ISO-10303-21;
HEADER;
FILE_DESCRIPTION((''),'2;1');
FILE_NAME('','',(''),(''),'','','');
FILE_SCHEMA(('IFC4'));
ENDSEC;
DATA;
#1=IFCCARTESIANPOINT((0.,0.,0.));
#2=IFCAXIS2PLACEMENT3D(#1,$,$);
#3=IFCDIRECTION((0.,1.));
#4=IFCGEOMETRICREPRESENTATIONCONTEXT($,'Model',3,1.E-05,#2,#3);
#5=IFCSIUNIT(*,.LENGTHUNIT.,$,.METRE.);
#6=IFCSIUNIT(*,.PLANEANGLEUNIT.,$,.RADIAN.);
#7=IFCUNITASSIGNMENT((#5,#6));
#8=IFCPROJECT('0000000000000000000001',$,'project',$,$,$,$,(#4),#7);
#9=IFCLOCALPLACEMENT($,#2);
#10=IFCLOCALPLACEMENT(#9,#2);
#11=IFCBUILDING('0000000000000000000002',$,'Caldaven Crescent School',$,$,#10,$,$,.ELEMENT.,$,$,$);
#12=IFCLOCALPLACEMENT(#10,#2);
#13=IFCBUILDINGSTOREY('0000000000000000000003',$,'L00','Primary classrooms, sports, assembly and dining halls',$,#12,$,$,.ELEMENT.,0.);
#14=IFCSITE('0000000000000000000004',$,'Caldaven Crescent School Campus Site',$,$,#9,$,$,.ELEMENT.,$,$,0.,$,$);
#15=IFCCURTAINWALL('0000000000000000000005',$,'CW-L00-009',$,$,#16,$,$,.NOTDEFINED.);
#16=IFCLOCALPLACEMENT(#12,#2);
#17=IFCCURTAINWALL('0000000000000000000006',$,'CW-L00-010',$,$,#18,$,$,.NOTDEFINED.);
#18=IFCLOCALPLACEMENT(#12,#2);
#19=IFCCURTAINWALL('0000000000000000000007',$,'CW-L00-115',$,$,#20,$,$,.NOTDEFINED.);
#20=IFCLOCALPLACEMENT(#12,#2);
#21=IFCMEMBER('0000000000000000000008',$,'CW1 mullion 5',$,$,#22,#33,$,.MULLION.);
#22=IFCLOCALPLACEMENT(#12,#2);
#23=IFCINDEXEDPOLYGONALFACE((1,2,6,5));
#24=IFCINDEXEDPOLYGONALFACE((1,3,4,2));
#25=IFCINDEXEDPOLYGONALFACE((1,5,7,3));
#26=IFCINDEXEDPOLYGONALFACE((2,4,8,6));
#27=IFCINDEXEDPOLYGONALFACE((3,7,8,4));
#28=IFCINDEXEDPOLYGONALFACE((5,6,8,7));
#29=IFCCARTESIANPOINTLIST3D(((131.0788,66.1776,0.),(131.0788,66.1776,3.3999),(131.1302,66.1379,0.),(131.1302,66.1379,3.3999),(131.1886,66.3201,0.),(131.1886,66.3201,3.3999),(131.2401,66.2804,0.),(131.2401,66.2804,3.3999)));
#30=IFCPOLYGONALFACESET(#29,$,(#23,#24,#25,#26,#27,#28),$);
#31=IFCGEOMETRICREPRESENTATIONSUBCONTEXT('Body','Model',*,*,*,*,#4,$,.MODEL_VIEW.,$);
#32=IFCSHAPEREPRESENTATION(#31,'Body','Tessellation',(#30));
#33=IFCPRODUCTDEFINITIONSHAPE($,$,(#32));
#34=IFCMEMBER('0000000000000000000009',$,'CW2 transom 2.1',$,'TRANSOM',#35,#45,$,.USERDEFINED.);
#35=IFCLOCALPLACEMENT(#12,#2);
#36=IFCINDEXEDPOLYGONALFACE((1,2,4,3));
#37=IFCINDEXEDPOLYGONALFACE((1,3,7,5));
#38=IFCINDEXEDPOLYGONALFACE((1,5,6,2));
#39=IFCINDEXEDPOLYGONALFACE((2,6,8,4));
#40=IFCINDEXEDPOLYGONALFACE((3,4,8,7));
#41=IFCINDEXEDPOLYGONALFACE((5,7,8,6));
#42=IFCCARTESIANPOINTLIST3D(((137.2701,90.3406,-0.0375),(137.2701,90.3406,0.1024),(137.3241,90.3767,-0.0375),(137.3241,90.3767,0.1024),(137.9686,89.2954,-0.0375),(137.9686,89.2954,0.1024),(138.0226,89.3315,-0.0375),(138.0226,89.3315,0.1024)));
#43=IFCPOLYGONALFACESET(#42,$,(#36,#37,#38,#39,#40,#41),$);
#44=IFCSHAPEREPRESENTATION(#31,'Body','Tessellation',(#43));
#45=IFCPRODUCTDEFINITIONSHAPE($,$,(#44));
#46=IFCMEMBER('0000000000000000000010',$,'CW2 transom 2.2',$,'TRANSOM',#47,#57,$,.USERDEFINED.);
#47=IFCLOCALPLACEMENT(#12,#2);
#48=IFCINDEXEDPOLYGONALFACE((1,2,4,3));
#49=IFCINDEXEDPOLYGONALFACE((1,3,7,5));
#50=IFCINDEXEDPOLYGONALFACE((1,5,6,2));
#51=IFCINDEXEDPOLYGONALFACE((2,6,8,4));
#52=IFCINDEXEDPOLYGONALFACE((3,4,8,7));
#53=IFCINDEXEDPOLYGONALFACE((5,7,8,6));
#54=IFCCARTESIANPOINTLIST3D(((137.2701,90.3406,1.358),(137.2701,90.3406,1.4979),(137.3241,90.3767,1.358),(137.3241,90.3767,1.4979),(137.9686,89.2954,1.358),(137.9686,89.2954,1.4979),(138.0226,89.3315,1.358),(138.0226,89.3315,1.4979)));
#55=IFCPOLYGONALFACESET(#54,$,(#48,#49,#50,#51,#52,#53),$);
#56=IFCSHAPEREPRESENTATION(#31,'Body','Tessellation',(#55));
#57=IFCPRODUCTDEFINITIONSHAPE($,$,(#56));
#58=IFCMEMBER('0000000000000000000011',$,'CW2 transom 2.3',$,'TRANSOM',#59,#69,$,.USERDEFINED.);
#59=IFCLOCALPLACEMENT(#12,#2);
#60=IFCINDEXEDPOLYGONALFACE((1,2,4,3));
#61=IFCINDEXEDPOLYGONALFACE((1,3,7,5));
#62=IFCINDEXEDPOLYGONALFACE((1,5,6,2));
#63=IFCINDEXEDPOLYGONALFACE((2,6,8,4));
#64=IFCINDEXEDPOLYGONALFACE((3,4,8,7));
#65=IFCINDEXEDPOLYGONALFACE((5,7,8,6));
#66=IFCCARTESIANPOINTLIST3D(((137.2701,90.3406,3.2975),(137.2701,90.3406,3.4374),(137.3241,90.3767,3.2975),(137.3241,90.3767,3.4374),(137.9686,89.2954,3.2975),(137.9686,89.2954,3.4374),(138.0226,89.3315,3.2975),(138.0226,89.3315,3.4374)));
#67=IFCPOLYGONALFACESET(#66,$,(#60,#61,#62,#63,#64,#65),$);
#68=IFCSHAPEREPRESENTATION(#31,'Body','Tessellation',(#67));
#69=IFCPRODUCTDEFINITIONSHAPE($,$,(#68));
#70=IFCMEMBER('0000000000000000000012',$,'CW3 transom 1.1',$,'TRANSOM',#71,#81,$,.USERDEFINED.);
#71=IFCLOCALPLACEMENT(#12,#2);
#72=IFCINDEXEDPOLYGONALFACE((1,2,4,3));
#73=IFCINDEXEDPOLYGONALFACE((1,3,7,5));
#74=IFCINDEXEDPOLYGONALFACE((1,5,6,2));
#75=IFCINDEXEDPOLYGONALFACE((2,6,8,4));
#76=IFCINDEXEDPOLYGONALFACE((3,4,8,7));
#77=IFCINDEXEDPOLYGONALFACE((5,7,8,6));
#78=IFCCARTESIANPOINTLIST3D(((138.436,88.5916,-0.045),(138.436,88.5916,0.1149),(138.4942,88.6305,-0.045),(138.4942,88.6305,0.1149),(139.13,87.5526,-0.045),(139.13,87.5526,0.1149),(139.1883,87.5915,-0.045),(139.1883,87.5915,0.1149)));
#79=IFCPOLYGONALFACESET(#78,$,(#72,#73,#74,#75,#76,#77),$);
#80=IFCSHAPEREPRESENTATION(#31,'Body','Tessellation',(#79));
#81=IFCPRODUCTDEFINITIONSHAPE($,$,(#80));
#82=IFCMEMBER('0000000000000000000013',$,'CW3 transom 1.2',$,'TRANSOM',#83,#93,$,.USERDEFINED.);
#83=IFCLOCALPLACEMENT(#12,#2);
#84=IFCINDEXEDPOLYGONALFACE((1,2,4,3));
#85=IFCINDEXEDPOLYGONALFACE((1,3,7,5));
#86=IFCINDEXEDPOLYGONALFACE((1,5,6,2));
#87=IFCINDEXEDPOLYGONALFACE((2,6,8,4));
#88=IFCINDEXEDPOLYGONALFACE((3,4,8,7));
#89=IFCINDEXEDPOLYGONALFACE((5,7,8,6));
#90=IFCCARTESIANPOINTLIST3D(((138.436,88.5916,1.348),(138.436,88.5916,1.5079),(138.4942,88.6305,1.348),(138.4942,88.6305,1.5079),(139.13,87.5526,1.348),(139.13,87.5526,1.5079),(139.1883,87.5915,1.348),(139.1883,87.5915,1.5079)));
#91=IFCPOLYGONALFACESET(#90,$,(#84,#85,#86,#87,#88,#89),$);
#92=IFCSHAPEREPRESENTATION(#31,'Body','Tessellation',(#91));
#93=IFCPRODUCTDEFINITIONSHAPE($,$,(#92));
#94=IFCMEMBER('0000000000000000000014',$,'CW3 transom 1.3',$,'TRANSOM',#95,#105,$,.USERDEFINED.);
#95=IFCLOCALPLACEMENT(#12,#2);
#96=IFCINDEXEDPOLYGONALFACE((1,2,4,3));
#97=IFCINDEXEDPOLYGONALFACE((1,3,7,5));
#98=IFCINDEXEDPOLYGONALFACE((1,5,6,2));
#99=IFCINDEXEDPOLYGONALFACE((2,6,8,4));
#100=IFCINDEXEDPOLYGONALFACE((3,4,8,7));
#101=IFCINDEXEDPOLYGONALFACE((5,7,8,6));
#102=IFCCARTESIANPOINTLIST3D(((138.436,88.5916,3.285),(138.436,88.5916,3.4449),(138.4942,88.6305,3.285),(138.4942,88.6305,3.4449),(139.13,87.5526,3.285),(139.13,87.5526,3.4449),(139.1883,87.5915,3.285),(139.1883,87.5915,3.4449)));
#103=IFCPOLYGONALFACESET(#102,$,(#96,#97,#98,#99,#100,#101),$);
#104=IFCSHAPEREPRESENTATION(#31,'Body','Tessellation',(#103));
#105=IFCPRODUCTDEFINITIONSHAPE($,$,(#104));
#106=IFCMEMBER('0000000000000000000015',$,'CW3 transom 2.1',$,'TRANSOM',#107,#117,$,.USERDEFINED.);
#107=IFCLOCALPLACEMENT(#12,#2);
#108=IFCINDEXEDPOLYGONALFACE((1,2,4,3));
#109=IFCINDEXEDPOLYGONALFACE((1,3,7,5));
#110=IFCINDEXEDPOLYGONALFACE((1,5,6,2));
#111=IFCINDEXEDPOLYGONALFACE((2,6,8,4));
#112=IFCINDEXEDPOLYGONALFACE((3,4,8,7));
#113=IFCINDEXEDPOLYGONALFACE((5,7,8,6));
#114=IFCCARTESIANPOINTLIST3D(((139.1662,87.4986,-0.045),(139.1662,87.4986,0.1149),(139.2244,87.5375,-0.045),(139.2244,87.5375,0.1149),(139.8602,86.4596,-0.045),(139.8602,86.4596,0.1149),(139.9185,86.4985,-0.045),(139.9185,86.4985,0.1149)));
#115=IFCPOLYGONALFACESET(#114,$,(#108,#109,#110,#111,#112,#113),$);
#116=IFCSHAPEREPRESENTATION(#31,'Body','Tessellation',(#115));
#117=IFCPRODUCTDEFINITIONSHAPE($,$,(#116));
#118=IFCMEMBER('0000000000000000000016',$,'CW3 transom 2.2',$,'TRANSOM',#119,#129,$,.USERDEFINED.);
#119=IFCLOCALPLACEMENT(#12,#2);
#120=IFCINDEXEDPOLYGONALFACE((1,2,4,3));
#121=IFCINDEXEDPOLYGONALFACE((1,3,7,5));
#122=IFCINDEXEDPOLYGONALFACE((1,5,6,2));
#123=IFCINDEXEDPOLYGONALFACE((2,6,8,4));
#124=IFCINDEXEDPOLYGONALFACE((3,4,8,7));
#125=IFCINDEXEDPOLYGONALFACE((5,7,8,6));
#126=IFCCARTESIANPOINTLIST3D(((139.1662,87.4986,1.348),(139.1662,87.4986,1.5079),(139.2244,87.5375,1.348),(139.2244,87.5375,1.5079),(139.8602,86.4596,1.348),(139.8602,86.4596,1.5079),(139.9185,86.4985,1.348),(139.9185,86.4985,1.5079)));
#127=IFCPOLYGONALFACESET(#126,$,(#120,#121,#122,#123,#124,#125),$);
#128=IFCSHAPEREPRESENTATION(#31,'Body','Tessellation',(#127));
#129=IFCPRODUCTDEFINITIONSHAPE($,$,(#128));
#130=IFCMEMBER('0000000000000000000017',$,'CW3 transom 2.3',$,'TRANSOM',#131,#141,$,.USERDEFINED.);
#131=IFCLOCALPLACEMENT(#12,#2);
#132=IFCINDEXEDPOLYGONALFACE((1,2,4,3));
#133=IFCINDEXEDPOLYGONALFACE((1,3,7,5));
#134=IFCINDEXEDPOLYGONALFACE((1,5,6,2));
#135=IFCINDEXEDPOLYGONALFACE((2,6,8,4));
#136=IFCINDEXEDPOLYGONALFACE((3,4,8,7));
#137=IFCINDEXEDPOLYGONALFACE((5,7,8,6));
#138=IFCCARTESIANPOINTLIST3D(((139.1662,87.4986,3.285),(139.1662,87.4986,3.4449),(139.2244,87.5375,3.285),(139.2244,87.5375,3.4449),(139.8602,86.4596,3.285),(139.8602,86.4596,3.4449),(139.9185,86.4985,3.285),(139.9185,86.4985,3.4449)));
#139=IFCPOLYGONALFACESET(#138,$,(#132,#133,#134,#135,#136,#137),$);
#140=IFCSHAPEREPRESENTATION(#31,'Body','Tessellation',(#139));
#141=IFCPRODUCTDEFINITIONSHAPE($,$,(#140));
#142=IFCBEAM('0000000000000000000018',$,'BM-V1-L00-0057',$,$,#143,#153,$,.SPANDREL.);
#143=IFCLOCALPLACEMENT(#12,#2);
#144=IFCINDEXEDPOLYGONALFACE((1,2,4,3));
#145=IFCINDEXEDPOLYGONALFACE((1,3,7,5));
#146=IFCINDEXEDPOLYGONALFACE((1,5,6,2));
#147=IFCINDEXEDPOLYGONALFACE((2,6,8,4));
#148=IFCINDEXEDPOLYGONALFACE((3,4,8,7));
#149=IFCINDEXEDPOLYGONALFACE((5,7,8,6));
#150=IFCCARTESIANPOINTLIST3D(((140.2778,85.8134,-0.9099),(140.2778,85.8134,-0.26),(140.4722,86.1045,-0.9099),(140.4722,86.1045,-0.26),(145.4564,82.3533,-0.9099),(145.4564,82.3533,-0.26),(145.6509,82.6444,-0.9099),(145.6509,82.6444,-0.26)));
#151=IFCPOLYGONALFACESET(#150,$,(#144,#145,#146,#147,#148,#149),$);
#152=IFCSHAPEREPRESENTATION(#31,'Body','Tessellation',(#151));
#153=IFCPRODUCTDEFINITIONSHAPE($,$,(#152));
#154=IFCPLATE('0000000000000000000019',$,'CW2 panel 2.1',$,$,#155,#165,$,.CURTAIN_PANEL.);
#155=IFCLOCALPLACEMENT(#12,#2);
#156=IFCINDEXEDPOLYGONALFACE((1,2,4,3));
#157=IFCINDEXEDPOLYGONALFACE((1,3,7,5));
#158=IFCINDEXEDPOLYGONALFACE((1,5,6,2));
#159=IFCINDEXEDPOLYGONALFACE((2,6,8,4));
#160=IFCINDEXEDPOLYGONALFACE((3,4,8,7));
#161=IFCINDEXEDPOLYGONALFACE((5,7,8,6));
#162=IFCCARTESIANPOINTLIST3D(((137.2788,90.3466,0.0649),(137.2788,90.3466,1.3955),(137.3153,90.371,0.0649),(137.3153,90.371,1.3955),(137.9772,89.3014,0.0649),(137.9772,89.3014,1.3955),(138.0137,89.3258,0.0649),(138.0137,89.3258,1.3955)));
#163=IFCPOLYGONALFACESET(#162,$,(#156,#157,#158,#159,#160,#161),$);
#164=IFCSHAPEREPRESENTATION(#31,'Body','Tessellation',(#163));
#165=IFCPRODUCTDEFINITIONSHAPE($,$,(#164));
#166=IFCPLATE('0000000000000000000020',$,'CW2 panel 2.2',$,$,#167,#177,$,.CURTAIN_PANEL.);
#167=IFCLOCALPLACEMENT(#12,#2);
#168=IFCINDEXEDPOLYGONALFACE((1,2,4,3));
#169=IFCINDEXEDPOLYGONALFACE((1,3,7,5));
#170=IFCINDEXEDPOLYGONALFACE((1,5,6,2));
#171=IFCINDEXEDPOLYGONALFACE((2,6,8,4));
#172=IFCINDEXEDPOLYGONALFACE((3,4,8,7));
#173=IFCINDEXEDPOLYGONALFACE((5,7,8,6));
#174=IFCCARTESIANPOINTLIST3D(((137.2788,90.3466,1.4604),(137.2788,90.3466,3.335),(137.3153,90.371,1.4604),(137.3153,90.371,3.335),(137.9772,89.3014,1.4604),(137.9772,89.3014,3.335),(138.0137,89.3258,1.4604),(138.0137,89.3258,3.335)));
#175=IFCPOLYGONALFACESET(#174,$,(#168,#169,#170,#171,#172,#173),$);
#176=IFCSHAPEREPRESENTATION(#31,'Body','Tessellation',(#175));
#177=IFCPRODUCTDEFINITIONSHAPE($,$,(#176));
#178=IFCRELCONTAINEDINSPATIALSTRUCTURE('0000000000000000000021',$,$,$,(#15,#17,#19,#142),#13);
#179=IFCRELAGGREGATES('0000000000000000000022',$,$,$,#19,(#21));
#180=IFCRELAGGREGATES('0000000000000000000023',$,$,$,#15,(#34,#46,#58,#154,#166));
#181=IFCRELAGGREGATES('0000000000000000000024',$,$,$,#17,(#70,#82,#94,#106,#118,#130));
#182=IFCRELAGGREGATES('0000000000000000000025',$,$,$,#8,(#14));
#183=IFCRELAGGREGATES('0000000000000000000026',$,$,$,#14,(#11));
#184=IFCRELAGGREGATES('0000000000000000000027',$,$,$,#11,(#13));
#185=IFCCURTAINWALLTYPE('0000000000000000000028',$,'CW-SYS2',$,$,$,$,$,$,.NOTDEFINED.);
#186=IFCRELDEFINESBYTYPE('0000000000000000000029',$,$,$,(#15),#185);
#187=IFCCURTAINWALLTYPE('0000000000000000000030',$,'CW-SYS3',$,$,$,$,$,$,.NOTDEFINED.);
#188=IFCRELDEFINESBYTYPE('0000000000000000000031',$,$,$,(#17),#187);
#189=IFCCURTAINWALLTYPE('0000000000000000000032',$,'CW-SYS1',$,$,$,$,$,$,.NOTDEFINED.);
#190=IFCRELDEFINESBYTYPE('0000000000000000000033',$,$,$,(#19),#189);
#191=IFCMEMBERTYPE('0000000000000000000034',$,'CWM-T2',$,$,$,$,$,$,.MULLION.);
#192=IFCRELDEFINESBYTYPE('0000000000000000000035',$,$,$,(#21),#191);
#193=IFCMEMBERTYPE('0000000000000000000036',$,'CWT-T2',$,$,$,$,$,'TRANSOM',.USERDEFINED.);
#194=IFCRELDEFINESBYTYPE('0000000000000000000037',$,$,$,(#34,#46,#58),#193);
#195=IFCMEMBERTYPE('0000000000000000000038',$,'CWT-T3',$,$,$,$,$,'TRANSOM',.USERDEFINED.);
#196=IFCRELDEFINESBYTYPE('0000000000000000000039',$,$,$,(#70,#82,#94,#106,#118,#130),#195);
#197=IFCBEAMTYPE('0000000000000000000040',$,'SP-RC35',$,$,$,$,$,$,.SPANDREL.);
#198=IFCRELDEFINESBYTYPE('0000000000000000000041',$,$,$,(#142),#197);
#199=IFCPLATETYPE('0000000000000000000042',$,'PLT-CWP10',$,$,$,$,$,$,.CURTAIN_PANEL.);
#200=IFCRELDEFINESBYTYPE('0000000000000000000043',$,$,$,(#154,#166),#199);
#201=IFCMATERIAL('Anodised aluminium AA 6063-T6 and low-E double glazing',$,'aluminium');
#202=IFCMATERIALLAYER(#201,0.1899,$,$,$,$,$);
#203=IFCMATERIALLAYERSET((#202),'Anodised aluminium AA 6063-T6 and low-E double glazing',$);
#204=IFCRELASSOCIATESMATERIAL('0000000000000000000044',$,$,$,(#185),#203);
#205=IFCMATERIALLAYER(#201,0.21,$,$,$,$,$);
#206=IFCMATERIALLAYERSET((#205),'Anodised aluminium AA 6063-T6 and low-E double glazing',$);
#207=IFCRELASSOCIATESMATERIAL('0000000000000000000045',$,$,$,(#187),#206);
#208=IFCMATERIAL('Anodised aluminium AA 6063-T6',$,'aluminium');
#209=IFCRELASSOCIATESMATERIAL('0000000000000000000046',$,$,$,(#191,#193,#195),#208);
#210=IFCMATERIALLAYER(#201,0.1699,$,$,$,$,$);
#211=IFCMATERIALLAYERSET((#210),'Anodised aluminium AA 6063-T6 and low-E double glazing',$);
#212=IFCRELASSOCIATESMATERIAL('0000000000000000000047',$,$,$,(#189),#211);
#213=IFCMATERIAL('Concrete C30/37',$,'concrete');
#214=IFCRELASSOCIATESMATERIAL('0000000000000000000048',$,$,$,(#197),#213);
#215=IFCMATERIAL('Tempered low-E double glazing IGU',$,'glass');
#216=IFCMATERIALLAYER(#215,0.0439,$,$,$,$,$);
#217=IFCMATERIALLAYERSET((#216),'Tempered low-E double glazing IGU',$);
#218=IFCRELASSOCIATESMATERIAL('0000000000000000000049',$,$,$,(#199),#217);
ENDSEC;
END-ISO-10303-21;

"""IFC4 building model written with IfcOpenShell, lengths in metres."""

from ifc_helpers import new_model, si_unit, direction, frame, origin, origin_2d, place, context, subcontext, project, spatial, rectangle, extrude, material, layer, layer_set, material_profile, profile_set, type_object, element, aggregate, save


model = new_model("IFC4")

# Units and contexts
model_context = context("Model", 3, precision=1e-05, world=origin(), true_north=direction((0.0, 1.0)))
body_context = subcontext(model_context, "Body", "Model", "MODEL_VIEW")
ifc_project = project(units=[si_unit("LENGTHUNIT", "METRE"), si_unit("PLANEANGLEUNIT", "RADIAN")], contexts=[model_context])

# Site, building, storey
site_placement = place(None, origin())
site = spatial("IfcSite", under=ifc_project, at=site_placement, Name="Caldaven Crescent School Campus Site", CompositionType="ELEMENT", RefElevation=0.0)
building_placement = place(site_placement, origin())
building = spatial("IfcBuilding", under=site, at=building_placement, Name="Caldaven Crescent School", CompositionType="ELEMENT")
storey_placement = place(building_placement, origin())
storey = spatial("IfcBuildingStorey", under=building, at=storey_placement, Name="L00", Description="Primary classrooms, sports, assembly and dining halls", CompositionType="ELEMENT", Elevation=0.0)

# Shared definitions
ifc_material_1 = material(Name="Concrete C30/37", Category="concrete")

# Curtain walls
ifc_material_2 = material(Name="Anodised aluminium AA 6063-T6 and low-E double glazing", Category="aluminium")
ifc_layer_1 = layer(ifc_material_2, 0.1899)
ifc_layer_set_1 = layer_set([ifc_layer_1], Name="Anodised aluminium AA 6063-T6 and low-E double glazing")
curtain_wall_type_1 = type_object("IfcCurtainWallType", Name="CW-SYS2", PredefinedType="NOTDEFINED", material=ifc_layer_set_1)
curtain_wall_1_placement = place(storey_placement, origin())
curtain_wall_1 = element("IfcCurtainWall", 1, at=curtain_wall_1_placement, inside=storey, type_object=curtain_wall_type_1, Name="CW-L00-009", PredefinedType="NOTDEFINED")
ifc_material_3 = material(Name="Anodised aluminium AA 6063-T6", Category="aluminium")
ifc_layer_2 = layer(ifc_material_2, 0.21)
ifc_layer_set_2 = layer_set([ifc_layer_2], Name="Anodised aluminium AA 6063-T6 and low-E double glazing")
curtain_wall_type_2 = type_object("IfcCurtainWallType", Name="CW-SYS3", PredefinedType="NOTDEFINED", material=ifc_layer_set_2)
curtain_wall_2_placement = place(storey_placement, origin())
curtain_wall_2 = element("IfcCurtainWall", 2, at=curtain_wall_2_placement, inside=storey, type_object=curtain_wall_type_2, Name="CW-L00-010", PredefinedType="NOTDEFINED")
ifc_material_profile_1 = material_profile(ifc_material_3, rectangle(XDim=0.0649, YDim=0.1799, at=origin_2d()), Name="CWM 65x180")
ifc_profile_set_1 = profile_set([ifc_material_profile_1], Name="Anodised aluminium AA 6063-T6")
member_type_1 = type_object("IfcMemberType", Name="CWM-T2", PredefinedType="MULLION", material=ifc_profile_set_1)

# Curtain wall, member
ifc_layer_3 = layer(ifc_material_2, 0.1699)
ifc_layer_set_3 = layer_set([ifc_layer_3], Name="Anodised aluminium AA 6063-T6 and low-E double glazing")
curtain_wall_type_3 = type_object("IfcCurtainWallType", Name="CW-SYS1", PredefinedType="NOTDEFINED", material=ifc_layer_set_3)
curtain_wall_3_placement = place(storey_placement, origin())
curtain_wall_3 = element("IfcCurtainWall", 3, at=curtain_wall_3_placement, inside=storey, type_object=curtain_wall_type_3, Name="CW-L00-115", PredefinedType="NOTDEFINED")
member_1_placement = place(storey_placement, frame((131.1594, 66.229, 0.0), z_axis=(0.0, 0.0, 1.0), x_axis=(-0.792103, 0.610387, 0.0)))
member_1 = element("IfcMember", 4, at=member_1_placement, type_object=member_type_1, Name="CW1 mullion 5", PredefinedType="MULLION", context=body_context, shape_type="SweptSolid", body=[
    extrude(rectangle(XDim=0.0649, YDim=0.1799, at=origin_2d()), origin(), (0.0, 0.0, 1.0), 3.3999),
])
aggregate(curtain_wall_3, [member_1])

# Members
ifc_material_profile_2 = material_profile(ifc_material_3, rectangle(XDim=0.0649, YDim=0.1399, at=origin_2d()), Name="CWT 65x140")
ifc_profile_set_2 = profile_set([ifc_material_profile_2], Name="Anodised aluminium AA 6063-T6")
member_type_2 = type_object("IfcMemberType", Name="CWT-T2", ElementType="TRANSOM", PredefinedType="USERDEFINED", material=ifc_profile_set_2)
member_2_placement = place(storey_placement, frame((137.2971, 90.3586, 0.0325), z_axis=(0.555641, -0.831422, 0.0), x_axis=(0.831422, 0.555641, 0.0)))
member_2 = element("IfcMember", 5, at=member_2_placement, type_object=member_type_2, Name="CW2 transom 2.1", ObjectType="TRANSOM", PredefinedType="USERDEFINED", context=body_context, shape_type="SweptSolid", body=[
    extrude(rectangle(XDim=0.0649, YDim=0.1399, at=origin_2d()), origin(), (0.0, 0.0, 1.0), 1.2571),
])
member_3_placement = place(storey_placement, frame((137.2971, 90.3586, 1.428), z_axis=(0.555641, -0.831422, 0.0), x_axis=(0.831422, 0.555641, 0.0)))
member_3 = element("IfcMember", 6, at=member_3_placement, type_object=member_type_2, Name="CW2 transom 2.2", ObjectType="TRANSOM", PredefinedType="USERDEFINED", context=body_context, shape_type="SweptSolid", body=[
    extrude(rectangle(XDim=0.0649, YDim=0.1399, at=origin_2d()), origin(), (0.0, 0.0, 1.0), 1.2571),
])
member_4_placement = place(storey_placement, frame((137.2971, 90.3586, 3.3674), z_axis=(0.555641, -0.831422, 0.0), x_axis=(0.831422, 0.555641, 0.0)))
member_4 = element("IfcMember", 7, at=member_4_placement, type_object=member_type_2, Name="CW2 transom 2.3", ObjectType="TRANSOM", PredefinedType="USERDEFINED", context=body_context, shape_type="SweptSolid", body=[
    extrude(rectangle(XDim=0.0649, YDim=0.1399, at=origin_2d()), origin(), (0.0, 0.0, 1.0), 1.2571),
])
ifc_material_profile_3 = material_profile(ifc_material_3, rectangle(XDim=0.0701, YDim=0.1599, at=origin_2d()), Name="CWT 70x160")
ifc_profile_set_3 = profile_set([ifc_material_profile_3], Name="Anodised aluminium AA 6063-T6")
member_type_3 = type_object("IfcMemberType", Name="CWT-T3", ElementType="TRANSOM", PredefinedType="USERDEFINED", material=ifc_profile_set_3)
member_5_placement = place(storey_placement, frame((138.4651, 88.6111, 0.0349), z_axis=(0.555466, -0.831539, 0.0), x_axis=(0.831539, 0.555466, 0.0)))
member_5 = element("IfcMember", 8, at=member_5_placement, type_object=member_type_3, Name="CW3 transom 1.1", ObjectType="TRANSOM", PredefinedType="USERDEFINED", context=body_context, shape_type="SweptSolid", body=[
    extrude(rectangle(XDim=0.0701, YDim=0.1599, at=origin_2d()), origin(), (0.0, 0.0, 1.0), 1.2495),
])
member_6_placement = place(storey_placement, frame((138.4651, 88.6111, 1.428), z_axis=(0.555466, -0.831539, 0.0), x_axis=(0.831539, 0.555466, 0.0)))
member_6 = element("IfcMember", 9, at=member_6_placement, type_object=member_type_3, Name="CW3 transom 1.2", ObjectType="TRANSOM", PredefinedType="USERDEFINED", context=body_context, shape_type="SweptSolid", body=[
    extrude(rectangle(XDim=0.0701, YDim=0.1599, at=origin_2d()), origin(), (0.0, 0.0, 1.0), 1.2495),
])
member_7_placement = place(storey_placement, frame((138.4651, 88.6111, 3.365), z_axis=(0.555466, -0.831539, 0.0), x_axis=(0.831539, 0.555466, 0.0)))
member_7 = element("IfcMember", 10, at=member_7_placement, type_object=member_type_3, Name="CW3 transom 1.3", ObjectType="TRANSOM", PredefinedType="USERDEFINED", context=body_context, shape_type="SweptSolid", body=[
    extrude(rectangle(XDim=0.0701, YDim=0.1599, at=origin_2d()), origin(), (0.0, 0.0, 1.0), 1.2495),
])
member_8_placement = place(storey_placement, frame((139.1953, 87.5181, 0.0349), z_axis=(0.555466, -0.831539, 0.0), x_axis=(0.831539, 0.555466, 0.0)))
member_8 = element("IfcMember", 11, at=member_8_placement, type_object=member_type_3, Name="CW3 transom 2.1", ObjectType="TRANSOM", PredefinedType="USERDEFINED", context=body_context, shape_type="SweptSolid", body=[
    extrude(rectangle(XDim=0.0701, YDim=0.1599, at=origin_2d()), origin(), (0.0, 0.0, 1.0), 1.2495),
])
member_9_placement = place(storey_placement, frame((139.1953, 87.5181, 1.428), z_axis=(0.555466, -0.831539, 0.0), x_axis=(0.831539, 0.555466, 0.0)))
member_9 = element("IfcMember", 12, at=member_9_placement, type_object=member_type_3, Name="CW3 transom 2.2", ObjectType="TRANSOM", PredefinedType="USERDEFINED", context=body_context, shape_type="SweptSolid", body=[
    extrude(rectangle(XDim=0.0701, YDim=0.1599, at=origin_2d()), origin(), (0.0, 0.0, 1.0), 1.2495),
])
member_10_placement = place(storey_placement, frame((139.1953, 87.5181, 3.365), z_axis=(0.555466, -0.831539, 0.0), x_axis=(0.831539, 0.555466, 0.0)))
member_10 = element("IfcMember", 13, at=member_10_placement, type_object=member_type_3, Name="CW3 transom 2.3", ObjectType="TRANSOM", PredefinedType="USERDEFINED", context=body_context, shape_type="SweptSolid", body=[
    extrude(rectangle(XDim=0.0701, YDim=0.1599, at=origin_2d()), origin(), (0.0, 0.0, 1.0), 1.2495),
])

# Beam
ifc_material_profile_4 = material_profile(ifc_material_1, rectangle(XDim=0.3501, YDim=0.6499, at=origin_2d()), Name="RC 350x650")
ifc_profile_set_4 = profile_set([ifc_material_profile_4], Name="Concrete C30/37")
beam_type_1 = type_object("IfcBeamType", Name="SP-RC35", PredefinedType="SPANDREL", material=ifc_profile_set_4)
beam_1_placement = place(storey_placement, frame((140.375, 85.959, -0.585), z_axis=(0.831477, -0.555559, 0.0), x_axis=(0.555559, 0.831477, 0.0)))
element("IfcBeam", 14, at=beam_1_placement, inside=storey, type_object=beam_type_1, Name="BM-V1-L00-0057", PredefinedType="SPANDREL", context=body_context, shape_type="SweptSolid", body=[
    extrude(rectangle(XDim=0.3501, YDim=0.6499, at=origin_2d()), origin(), (0.0, 0.0, 1.0), 6.2283),
])

# Plates
ifc_material_4 = material(Name="Tempered low-E double glazing IGU", Category="glass")
ifc_layer_4 = layer(ifc_material_4, 0.0439)
ifc_layer_set_4 = layer_set([ifc_layer_4], Name="Tempered low-E double glazing IGU")
plate_type_1 = type_object("IfcPlateType", Name="PLT-CWP10", PredefinedType="CURTAIN_PANEL", material=ifc_layer_set_4)
plate_1_placement = place(storey_placement, frame((137.6462, 89.8362, 0.0649), z_axis=(0.0, 0.0, 1.0), x_axis=(0.555569, -0.83147, 0.0)))
plate_1 = element("IfcPlate", 15, at=plate_1_placement, type_object=plate_type_1, Name="CW2 panel 2.1", PredefinedType="CURTAIN_PANEL", context=body_context, shape_type="SweptSolid", body=[
    extrude(rectangle(XDim=1.2571, YDim=0.0439, at=origin_2d()), origin(), (0.0, 0.0, 1.0), 1.3306),
])
plate_2_placement = place(storey_placement, frame((137.6462, 89.8362, 1.4604), z_axis=(0.0, 0.0, 1.0), x_axis=(0.555569, -0.83147, 0.0)))
plate_2 = element("IfcPlate", 16, at=plate_2_placement, type_object=plate_type_1, Name="CW2 panel 2.2", PredefinedType="CURTAIN_PANEL", context=body_context, shape_type="SweptSolid", body=[
    extrude(rectangle(XDim=1.2571, YDim=0.0439, at=origin_2d()), origin(), (0.0, 0.0, 1.0), 1.8745),
])
aggregate(curtain_wall_1, [member_2, member_3, member_4, plate_1, plate_2])
aggregate(curtain_wall_2, [member_5, member_6, member_7, member_8, member_9, member_10])

save(model, "model.ifc")
